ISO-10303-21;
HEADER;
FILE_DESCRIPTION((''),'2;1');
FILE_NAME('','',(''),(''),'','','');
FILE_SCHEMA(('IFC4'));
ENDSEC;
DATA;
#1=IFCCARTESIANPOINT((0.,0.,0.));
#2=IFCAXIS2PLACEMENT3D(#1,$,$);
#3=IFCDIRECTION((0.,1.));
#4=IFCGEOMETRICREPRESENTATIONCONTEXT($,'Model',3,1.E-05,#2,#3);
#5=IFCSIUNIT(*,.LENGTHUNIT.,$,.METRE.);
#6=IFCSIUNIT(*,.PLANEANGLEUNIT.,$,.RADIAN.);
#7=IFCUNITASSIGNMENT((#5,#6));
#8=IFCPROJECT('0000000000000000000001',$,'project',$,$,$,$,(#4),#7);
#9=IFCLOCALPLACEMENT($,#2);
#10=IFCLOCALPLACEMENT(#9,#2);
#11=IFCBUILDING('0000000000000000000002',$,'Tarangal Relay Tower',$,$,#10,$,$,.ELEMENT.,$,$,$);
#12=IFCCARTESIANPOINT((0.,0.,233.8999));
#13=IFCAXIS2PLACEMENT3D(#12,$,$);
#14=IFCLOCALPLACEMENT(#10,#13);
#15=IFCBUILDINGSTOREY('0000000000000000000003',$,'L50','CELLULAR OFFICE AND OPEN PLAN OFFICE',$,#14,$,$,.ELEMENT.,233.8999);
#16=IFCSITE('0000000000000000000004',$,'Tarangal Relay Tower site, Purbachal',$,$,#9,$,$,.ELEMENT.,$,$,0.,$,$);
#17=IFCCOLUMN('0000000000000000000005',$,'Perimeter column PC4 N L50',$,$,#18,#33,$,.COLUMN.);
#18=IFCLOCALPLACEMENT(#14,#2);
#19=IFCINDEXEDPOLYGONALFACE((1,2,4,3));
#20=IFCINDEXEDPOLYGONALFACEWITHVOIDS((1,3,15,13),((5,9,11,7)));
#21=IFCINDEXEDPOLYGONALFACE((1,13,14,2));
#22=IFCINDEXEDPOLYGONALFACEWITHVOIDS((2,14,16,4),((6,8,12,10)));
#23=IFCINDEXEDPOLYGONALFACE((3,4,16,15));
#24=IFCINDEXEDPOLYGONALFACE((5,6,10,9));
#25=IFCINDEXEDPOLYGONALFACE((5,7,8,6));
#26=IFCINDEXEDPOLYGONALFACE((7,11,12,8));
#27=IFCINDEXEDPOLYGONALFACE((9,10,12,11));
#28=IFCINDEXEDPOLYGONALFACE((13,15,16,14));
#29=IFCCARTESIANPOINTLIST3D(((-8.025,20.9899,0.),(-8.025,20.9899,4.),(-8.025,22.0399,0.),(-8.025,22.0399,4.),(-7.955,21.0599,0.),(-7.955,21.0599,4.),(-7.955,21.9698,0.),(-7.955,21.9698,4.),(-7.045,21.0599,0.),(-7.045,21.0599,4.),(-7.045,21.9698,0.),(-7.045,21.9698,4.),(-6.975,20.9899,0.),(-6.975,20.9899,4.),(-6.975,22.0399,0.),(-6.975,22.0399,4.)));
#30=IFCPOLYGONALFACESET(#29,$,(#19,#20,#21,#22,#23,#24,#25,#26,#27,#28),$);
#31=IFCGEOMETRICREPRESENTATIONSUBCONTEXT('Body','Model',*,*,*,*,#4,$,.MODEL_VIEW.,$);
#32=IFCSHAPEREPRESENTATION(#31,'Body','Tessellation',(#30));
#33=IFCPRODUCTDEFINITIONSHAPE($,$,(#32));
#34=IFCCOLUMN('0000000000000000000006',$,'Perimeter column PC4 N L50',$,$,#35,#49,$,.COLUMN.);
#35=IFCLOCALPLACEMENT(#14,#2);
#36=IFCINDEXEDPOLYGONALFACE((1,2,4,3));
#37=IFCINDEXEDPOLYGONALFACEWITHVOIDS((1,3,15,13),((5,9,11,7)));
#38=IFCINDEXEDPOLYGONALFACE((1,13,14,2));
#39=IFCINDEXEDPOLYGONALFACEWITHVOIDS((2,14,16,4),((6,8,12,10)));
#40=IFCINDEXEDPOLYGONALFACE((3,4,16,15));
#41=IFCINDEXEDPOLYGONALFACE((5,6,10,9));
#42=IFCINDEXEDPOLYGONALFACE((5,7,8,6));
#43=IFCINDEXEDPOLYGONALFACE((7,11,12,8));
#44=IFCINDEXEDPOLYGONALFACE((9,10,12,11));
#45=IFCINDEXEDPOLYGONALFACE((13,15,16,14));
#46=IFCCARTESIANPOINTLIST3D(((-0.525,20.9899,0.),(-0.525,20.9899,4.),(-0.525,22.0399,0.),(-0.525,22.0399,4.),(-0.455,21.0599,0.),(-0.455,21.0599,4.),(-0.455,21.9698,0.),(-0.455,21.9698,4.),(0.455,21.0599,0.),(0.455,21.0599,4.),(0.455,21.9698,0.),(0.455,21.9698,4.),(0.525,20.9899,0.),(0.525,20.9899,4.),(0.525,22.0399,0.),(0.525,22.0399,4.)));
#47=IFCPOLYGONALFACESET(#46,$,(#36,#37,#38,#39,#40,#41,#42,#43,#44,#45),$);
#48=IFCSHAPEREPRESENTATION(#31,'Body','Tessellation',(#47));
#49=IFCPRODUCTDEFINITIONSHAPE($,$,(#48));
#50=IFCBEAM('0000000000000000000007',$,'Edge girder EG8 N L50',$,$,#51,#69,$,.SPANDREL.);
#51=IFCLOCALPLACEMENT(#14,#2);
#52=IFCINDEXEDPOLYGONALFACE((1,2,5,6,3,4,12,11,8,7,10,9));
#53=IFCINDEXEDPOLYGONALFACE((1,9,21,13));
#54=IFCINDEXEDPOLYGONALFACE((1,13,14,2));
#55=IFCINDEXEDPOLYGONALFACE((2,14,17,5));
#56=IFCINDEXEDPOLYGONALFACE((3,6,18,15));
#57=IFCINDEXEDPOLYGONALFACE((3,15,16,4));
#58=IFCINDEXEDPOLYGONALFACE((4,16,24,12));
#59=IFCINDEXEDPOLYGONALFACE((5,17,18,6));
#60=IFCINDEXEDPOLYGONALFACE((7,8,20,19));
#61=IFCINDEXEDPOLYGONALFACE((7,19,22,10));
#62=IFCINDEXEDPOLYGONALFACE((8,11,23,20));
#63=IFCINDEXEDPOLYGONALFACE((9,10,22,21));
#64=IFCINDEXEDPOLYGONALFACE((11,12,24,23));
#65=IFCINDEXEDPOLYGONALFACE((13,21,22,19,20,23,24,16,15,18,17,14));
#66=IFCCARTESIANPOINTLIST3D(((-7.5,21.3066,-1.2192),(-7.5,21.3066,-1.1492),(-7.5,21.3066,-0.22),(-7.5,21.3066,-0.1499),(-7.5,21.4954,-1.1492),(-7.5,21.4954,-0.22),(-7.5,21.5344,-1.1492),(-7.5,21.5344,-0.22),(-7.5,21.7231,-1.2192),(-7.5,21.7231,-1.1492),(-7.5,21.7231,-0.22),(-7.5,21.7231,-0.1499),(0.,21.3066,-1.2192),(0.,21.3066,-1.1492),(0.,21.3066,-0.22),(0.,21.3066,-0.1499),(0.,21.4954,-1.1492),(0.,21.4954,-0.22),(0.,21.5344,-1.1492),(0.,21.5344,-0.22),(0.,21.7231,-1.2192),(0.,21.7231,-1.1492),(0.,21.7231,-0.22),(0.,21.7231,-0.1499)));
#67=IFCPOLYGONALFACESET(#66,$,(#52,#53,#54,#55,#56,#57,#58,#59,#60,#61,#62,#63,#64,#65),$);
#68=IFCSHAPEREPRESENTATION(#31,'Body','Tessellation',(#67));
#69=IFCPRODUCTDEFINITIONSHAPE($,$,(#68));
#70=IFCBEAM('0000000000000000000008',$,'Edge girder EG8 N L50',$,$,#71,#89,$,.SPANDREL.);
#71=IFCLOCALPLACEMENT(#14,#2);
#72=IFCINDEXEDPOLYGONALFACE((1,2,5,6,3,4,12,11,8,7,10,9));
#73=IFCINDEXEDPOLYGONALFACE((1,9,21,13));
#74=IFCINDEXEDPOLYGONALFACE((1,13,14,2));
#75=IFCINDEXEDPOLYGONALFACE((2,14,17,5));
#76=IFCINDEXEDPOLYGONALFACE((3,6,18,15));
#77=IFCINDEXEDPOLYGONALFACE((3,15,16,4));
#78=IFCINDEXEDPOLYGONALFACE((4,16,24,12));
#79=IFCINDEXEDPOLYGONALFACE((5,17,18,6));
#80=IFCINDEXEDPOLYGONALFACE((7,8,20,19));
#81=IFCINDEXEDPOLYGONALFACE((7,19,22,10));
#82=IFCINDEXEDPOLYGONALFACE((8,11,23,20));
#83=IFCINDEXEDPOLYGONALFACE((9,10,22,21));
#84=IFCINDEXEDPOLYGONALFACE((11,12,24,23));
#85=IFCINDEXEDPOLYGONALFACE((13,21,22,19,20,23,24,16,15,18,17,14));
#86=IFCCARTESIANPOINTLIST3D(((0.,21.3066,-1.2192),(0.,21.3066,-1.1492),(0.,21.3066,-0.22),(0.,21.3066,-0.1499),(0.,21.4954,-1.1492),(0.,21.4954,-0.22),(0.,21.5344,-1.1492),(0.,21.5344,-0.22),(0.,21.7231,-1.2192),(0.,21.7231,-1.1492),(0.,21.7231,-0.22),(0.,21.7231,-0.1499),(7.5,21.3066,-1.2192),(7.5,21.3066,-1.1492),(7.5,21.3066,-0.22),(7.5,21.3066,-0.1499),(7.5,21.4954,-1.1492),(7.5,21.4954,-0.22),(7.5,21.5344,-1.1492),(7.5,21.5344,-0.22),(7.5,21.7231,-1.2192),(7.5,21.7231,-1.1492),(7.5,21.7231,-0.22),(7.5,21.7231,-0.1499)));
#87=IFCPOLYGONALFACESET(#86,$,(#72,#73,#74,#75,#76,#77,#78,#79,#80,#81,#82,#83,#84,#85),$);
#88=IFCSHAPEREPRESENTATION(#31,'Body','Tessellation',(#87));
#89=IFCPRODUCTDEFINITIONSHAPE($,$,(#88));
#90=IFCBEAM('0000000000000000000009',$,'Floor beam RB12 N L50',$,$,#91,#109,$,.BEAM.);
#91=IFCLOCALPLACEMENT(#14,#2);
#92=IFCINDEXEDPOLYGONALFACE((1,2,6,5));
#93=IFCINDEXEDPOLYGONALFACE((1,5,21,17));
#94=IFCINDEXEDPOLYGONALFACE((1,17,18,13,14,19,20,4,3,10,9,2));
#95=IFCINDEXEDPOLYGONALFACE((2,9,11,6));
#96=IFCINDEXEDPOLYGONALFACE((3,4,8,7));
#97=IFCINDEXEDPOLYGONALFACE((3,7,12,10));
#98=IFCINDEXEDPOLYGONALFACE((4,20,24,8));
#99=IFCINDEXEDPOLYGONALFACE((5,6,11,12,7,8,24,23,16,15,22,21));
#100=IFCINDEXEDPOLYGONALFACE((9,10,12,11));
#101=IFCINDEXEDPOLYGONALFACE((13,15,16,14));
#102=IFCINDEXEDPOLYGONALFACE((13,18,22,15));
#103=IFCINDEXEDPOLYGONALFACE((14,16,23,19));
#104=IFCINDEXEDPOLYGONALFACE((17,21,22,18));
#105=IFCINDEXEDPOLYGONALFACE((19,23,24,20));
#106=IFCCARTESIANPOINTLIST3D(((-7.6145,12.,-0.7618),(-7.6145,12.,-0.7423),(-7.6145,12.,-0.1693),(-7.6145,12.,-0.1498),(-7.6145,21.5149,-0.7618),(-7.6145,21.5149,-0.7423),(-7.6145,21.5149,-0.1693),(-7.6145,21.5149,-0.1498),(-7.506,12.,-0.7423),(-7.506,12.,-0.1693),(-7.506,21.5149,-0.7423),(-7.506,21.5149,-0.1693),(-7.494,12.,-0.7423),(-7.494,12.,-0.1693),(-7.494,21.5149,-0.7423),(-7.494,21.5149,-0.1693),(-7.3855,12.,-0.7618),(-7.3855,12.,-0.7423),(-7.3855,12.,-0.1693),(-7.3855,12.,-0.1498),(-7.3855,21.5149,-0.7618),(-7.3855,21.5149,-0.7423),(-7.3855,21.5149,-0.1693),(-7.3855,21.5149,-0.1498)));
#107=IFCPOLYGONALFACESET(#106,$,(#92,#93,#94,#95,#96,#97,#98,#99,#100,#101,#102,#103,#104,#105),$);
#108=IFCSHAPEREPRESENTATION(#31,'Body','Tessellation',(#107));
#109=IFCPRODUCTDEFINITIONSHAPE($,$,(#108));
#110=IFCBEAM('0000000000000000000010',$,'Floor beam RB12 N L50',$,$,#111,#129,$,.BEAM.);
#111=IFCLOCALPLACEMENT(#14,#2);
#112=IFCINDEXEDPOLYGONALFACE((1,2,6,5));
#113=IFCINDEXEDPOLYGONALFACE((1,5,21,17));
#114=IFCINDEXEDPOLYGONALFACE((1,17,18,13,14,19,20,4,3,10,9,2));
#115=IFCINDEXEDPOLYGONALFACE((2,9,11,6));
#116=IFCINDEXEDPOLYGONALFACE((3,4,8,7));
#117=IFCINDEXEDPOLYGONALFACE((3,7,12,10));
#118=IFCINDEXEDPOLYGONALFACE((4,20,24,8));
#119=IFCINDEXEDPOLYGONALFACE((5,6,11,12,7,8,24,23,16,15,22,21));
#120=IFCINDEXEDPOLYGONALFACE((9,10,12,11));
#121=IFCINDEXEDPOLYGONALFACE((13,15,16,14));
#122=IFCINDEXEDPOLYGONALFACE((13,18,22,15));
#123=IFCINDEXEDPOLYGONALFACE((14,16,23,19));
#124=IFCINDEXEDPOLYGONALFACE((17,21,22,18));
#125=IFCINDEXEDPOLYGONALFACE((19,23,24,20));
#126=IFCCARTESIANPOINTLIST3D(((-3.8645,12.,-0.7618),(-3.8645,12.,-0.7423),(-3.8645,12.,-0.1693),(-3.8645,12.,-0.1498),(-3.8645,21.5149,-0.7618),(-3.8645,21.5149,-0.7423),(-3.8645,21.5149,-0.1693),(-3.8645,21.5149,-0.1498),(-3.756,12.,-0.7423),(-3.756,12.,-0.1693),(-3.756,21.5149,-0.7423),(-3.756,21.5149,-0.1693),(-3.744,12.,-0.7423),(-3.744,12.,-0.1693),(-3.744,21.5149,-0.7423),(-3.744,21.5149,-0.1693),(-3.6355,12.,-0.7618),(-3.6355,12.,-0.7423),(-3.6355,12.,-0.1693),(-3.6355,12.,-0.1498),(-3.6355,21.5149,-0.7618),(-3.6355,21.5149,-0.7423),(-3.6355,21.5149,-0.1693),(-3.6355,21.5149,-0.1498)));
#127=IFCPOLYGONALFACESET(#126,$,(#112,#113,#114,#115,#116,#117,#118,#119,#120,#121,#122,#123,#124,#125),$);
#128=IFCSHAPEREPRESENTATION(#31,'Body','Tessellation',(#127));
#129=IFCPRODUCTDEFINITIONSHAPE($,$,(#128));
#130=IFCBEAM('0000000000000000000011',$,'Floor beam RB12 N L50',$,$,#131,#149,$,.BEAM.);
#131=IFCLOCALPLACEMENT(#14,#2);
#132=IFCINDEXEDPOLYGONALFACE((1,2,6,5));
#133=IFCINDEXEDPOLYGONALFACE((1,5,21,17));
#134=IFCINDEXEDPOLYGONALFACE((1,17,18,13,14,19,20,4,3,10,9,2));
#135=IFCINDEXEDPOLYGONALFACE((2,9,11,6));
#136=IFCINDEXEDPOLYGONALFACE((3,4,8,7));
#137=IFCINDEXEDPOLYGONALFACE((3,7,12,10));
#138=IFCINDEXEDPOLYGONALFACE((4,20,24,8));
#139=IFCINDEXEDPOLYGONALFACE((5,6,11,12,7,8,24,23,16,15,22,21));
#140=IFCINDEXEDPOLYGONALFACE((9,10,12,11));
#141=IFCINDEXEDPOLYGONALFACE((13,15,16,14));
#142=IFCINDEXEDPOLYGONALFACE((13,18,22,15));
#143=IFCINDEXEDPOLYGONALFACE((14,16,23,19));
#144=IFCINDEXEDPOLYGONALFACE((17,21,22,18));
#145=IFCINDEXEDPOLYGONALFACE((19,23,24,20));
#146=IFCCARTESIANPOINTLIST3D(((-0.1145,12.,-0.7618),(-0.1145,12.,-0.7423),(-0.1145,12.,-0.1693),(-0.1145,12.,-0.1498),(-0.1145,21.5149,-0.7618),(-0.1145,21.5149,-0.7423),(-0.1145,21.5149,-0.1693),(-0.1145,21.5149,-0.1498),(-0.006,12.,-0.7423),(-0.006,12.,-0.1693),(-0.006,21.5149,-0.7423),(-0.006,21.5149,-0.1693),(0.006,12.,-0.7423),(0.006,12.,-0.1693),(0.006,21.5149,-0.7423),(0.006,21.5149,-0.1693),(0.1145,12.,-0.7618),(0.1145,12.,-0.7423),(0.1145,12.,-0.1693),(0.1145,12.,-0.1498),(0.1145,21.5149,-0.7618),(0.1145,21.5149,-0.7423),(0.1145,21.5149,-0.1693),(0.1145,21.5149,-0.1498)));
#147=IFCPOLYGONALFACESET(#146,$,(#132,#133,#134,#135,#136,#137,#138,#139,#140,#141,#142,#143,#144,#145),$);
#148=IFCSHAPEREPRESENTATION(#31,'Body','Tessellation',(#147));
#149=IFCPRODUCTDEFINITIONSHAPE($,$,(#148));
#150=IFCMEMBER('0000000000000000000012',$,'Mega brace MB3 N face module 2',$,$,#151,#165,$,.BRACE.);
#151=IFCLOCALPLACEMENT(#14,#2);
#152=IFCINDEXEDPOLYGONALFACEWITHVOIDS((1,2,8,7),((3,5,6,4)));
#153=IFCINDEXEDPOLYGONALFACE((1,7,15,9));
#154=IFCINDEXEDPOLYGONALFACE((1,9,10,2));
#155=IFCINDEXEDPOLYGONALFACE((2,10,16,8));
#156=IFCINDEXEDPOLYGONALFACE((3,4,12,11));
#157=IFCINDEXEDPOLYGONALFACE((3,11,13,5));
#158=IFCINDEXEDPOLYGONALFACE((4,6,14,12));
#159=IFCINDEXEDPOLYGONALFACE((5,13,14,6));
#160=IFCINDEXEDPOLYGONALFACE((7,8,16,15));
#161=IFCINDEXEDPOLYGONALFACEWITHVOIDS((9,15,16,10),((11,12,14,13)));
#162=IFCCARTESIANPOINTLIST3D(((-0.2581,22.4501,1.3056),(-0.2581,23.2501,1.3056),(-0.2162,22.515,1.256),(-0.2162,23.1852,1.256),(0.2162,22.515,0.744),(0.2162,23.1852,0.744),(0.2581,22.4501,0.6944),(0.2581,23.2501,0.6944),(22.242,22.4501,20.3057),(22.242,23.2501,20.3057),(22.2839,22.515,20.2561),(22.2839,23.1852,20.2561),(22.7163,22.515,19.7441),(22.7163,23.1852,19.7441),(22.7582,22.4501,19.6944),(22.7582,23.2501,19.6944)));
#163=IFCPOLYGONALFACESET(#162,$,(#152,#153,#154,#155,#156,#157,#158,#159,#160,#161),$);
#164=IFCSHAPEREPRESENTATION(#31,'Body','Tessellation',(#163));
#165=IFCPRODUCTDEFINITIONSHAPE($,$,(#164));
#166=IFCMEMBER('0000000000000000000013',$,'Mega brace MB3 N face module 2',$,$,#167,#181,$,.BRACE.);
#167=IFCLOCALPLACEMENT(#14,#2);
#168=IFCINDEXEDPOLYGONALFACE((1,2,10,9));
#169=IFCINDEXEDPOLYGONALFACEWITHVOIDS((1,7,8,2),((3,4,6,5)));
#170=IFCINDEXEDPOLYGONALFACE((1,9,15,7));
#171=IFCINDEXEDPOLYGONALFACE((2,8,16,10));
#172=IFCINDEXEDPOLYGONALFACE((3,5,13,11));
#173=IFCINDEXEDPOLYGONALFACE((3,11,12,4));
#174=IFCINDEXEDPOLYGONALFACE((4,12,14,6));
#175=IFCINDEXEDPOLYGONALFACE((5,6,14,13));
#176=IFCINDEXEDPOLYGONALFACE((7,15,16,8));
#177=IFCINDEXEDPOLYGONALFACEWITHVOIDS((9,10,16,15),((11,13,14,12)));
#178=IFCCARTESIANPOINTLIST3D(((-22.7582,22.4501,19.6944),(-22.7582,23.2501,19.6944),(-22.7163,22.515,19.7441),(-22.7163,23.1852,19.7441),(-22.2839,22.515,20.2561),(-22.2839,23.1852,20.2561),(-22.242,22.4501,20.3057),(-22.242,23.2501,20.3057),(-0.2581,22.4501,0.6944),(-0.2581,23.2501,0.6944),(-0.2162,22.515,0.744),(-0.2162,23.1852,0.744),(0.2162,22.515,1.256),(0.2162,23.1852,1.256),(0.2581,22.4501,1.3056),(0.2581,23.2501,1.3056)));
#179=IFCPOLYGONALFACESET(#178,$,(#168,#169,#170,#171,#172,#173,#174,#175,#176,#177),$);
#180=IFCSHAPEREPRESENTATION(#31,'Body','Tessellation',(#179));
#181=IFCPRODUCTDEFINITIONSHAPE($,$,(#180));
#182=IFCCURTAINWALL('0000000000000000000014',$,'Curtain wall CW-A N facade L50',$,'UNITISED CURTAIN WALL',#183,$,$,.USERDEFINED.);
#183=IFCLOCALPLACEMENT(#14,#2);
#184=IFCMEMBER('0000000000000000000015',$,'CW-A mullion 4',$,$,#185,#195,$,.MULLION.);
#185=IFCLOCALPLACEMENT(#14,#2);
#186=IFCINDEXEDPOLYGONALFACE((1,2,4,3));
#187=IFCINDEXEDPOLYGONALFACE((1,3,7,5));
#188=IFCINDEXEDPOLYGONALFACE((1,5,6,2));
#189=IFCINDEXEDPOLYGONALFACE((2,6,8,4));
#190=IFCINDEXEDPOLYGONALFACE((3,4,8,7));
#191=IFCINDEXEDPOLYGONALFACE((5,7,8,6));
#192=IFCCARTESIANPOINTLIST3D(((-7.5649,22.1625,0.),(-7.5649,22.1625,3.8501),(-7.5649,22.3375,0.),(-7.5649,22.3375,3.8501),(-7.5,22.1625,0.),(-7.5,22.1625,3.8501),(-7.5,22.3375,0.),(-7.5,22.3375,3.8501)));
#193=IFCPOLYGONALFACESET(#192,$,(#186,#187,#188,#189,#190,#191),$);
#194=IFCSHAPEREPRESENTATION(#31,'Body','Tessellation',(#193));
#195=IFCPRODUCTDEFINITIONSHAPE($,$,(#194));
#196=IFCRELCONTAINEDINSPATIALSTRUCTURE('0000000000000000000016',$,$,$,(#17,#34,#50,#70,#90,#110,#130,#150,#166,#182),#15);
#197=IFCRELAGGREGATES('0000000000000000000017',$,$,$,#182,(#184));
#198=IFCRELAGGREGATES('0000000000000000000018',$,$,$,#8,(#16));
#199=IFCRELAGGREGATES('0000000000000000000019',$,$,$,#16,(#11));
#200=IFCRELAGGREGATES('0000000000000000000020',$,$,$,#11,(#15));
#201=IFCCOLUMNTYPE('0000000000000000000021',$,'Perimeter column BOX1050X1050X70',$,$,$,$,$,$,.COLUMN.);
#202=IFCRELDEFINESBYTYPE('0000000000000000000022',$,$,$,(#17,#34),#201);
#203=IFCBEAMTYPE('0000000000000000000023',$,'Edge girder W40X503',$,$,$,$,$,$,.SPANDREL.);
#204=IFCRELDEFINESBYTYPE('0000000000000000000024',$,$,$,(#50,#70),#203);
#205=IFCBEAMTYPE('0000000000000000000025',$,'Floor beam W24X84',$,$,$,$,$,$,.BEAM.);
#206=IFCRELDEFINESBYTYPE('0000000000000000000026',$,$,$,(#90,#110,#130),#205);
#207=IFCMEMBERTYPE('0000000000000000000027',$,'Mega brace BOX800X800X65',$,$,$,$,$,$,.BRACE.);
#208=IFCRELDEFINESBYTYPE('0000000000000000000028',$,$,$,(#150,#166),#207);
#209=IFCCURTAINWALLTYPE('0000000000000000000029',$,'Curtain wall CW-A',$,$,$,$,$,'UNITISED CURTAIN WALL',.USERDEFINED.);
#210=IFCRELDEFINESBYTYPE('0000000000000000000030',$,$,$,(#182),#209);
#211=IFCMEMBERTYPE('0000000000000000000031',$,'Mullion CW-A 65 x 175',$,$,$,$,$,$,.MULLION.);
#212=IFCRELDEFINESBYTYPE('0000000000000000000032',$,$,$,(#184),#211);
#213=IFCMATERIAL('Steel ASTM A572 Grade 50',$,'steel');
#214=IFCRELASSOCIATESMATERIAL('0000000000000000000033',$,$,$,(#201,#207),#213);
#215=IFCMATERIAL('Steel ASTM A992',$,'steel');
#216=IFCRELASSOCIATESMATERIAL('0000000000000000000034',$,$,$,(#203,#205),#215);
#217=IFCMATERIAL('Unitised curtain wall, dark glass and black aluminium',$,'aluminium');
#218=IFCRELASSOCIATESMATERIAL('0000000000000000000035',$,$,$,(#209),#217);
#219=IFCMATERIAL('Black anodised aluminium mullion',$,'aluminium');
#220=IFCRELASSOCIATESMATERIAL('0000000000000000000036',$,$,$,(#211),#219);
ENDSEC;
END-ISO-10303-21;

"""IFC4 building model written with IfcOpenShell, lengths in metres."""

from ifc_helpers import new_model, si_unit, direction, frame, origin, origin_2d, place, context, subcontext, project, spatial, rectangle, hollow_rectangle, i_section, extrude, material, material_profile, profile_set, type_object, element, aggregate, save


model = new_model("IFC4")

# Units and contexts
model_context = context("Model", 3, precision=1e-05, world=origin(), true_north=direction((0.0, 1.0)))
body_context = subcontext(model_context, "Body", "Model", "MODEL_VIEW")
ifc_project = project(units=[si_unit("LENGTHUNIT", "METRE"), si_unit("PLANEANGLEUNIT", "RADIAN")], contexts=[model_context])

# Site, building, storey
site_placement = place(None, origin())
site = spatial("IfcSite", under=ifc_project, at=site_placement, Name="Tarangal Relay Tower site, Purbachal", CompositionType="ELEMENT", RefElevation=0.0)
building_placement = place(site_placement, origin())
building = spatial("IfcBuilding", under=site, at=building_placement, Name="Tarangal Relay Tower", CompositionType="ELEMENT")
storey_placement = place(building_placement, frame((0.0, 0.0, 233.8999)))
storey = spatial("IfcBuildingStorey", under=building, at=storey_placement, Name="L50", Description="CELLULAR OFFICE AND OPEN PLAN OFFICE", CompositionType="ELEMENT", Elevation=233.8999)

# Columns
ifc_material_1 = material(Name="Steel ASTM A572 Grade 50", Category="steel")
ifc_material_profile_1 = material_profile(ifc_material_1, hollow_rectangle(XDim=1.05, YDim=1.05, WallThickness=0.0701, at=origin_2d()), Name="BOX1050X1050X70")
ifc_profile_set_1 = profile_set([ifc_material_profile_1], Name="Steel ASTM A572 Grade 50")
column_type = type_object("IfcColumnType", Name="Perimeter column BOX1050X1050X70", PredefinedType="COLUMN", material=ifc_profile_set_1)
for number, where, z_axis, x_axis, name in (
    (1, (-7.5, 21.5149, 0.0), (0.0, 0.0, 1.0), (1.0, 0.0, 0.0), "Perimeter column PC4 N L50"),
    (2, (0.0, 21.5149, 0.0), (0.0, 0.0, 1.0), (1.0, 0.0, 0.0), "Perimeter column PC4 N L50"),
):
    element("IfcColumn", number, at=place(storey_placement, frame(where, z_axis=z_axis, x_axis=x_axis)), inside=storey, type_object=column_type, Name=name, PredefinedType="COLUMN", context=body_context, shape_type="SweptSolid", body=[
        extrude(hollow_rectangle(XDim=1.05, YDim=1.05, WallThickness=0.0701, at=origin_2d()), origin(), (0.0, 0.0, 1.0), 4.0),
    ])

# Beams
ifc_material_2 = material(Name="Steel ASTM A992", Category="steel")
ifc_material_profile_2 = material_profile(ifc_material_2, i_section(OverallWidth=0.4165, OverallDepth=1.0693, WebThickness=0.0391, FlangeThickness=0.0701, at=origin_2d()), Name="W40X503")
ifc_profile_set_2 = profile_set([ifc_material_profile_2], Name="Steel ASTM A992")
beam_type_1 = type_object("IfcBeamType", Name="Edge girder W40X503", PredefinedType="SPANDREL", material=ifc_profile_set_2)
for number, where, z_axis, x_axis, name in (
    (3, (-7.5, 21.5149, -0.6846), (1.0, 0.0, 0.0), (0.0, 1.0, 0.0), "Edge girder EG8 N L50"),
    (4, (0.0, 21.5149, -0.6846), (1.0, 0.0, 0.0), (0.0, 1.0, 0.0), "Edge girder EG8 N L50"),
):
    element("IfcBeam", number, at=place(storey_placement, frame(where, z_axis=z_axis, x_axis=x_axis)), inside=storey, type_object=beam_type_1, Name=name, PredefinedType="SPANDREL", context=body_context, shape_type="SweptSolid", body=[
        extrude(i_section(OverallWidth=0.4165, OverallDepth=1.0693, WebThickness=0.0391, FlangeThickness=0.0701, at=origin_2d()), origin(), (0.0, 0.0, 1.0), 7.5),
    ])
ifc_material_profile_3 = material_profile(ifc_material_2, i_section(OverallWidth=0.229, OverallDepth=0.6121, WebThickness=0.012, FlangeThickness=0.0195, at=origin_2d()), Name="W24X84")
ifc_profile_set_3 = profile_set([ifc_material_profile_3], Name="Steel ASTM A992")
beam_type_2 = type_object("IfcBeamType", Name="Floor beam W24X84", PredefinedType="BEAM", material=ifc_profile_set_3)
for number, where, z_axis, x_axis, name in (
    (5, (-7.5, 12.0, -0.4558), (0.0, 1.0, 0.0), (-1.0, 0.0, 0.0), "Floor beam RB12 N L50"),
    (6, (-3.75, 12.0, -0.4558), (0.0, 1.0, 0.0), (-1.0, 0.0, 0.0), "Floor beam RB12 N L50"),
    (7, (0.0, 12.0, -0.4558), (0.0, 1.0, 0.0), (-1.0, 0.0, 0.0), "Floor beam RB12 N L50"),
):
    element("IfcBeam", number, at=place(storey_placement, frame(where, z_axis=z_axis, x_axis=x_axis)), inside=storey, type_object=beam_type_2, Name=name, PredefinedType="BEAM", context=body_context, shape_type="SweptSolid", body=[
        extrude(i_section(OverallWidth=0.229, OverallDepth=0.6121, WebThickness=0.012, FlangeThickness=0.0195, at=origin_2d()), origin(), (0.0, 0.0, 1.0), 9.5149),
    ])

# Members
ifc_material_profile_4 = material_profile(ifc_material_1, hollow_rectangle(XDim=0.8, YDim=0.8, WallThickness=0.0649, at=origin_2d()), Name="BOX800X800X65")
ifc_profile_set_4 = profile_set([ifc_material_profile_4], Name="Steel ASTM A572 Grade 50")
member_type_1 = type_object("IfcMemberType", Name="Mega brace BOX800X800X65", PredefinedType="BRACE", material=ifc_profile_set_4)
for number, where, z_axis, x_axis, name in (
    (8, (0.0, 22.8501, 1.0), (0.76403, 0.0, 0.645181), (0.0, 1.0, 0.0), "Mega brace MB3 N face module 2"),
    (9, (0.0, 22.8501, 1.0), (-0.76403, 0.0, 0.645181), (0.0, -1.0, 0.0), "Mega brace MB3 N face module 2"),
):
    element("IfcMember", number, at=place(storey_placement, frame(where, z_axis=z_axis, x_axis=x_axis)), inside=storey, type_object=member_type_1, Name=name, PredefinedType="BRACE", context=body_context, shape_type="SweptSolid", body=[
        extrude(hollow_rectangle(XDim=0.8, YDim=0.8, WallThickness=0.0649, at=origin_2d()), origin(), (0.0, 0.0, 1.0), 29.4492),
    ])

# Curtain wall, member
ifc_material_3 = material(Name="Unitised curtain wall, dark glass and black aluminium", Category="aluminium")
curtain_wall_type_1 = type_object("IfcCurtainWallType", Name="Curtain wall CW-A", ElementType="UNITISED CURTAIN WALL", PredefinedType="USERDEFINED", material=ifc_material_3)
curtain_wall_1_placement = place(storey_placement, origin())
curtain_wall_1 = element("IfcCurtainWall", 10, at=curtain_wall_1_placement, inside=storey, type_object=curtain_wall_type_1, Name="Curtain wall CW-A N facade L50", ObjectType="UNITISED CURTAIN WALL", PredefinedType="USERDEFINED")
ifc_material_4 = material(Name="Black anodised aluminium mullion", Category="aluminium")
ifc_material_profile_5 = material_profile(ifc_material_4, rectangle(XDim=0.175, YDim=0.0649, at=origin_2d()), Name="CW-AM 65X175")
ifc_profile_set_5 = profile_set([ifc_material_profile_5], Name="Black anodised aluminium mullion")
member_type_2 = type_object("IfcMemberType", Name="Mullion CW-A 65 x 175", PredefinedType="MULLION", material=ifc_profile_set_5)
member_1_placement = place(storey_placement, frame((-7.5325, 22.25, 0.0), z_axis=(0.0, 0.0, 1.0), x_axis=(0.0, 1.0, 0.0)))
member_1 = element("IfcMember", 11, at=member_1_placement, type_object=member_type_2, Name="CW-A mullion 4", PredefinedType="MULLION", context=body_context, shape_type="SweptSolid", body=[
    extrude(rectangle(XDim=0.175, YDim=0.0649, at=origin_2d()), origin(), (0.0, 0.0, 1.0), 3.8501),
])

aggregate(curtain_wall_1, [member_1])

save(model, "model.ifc")
